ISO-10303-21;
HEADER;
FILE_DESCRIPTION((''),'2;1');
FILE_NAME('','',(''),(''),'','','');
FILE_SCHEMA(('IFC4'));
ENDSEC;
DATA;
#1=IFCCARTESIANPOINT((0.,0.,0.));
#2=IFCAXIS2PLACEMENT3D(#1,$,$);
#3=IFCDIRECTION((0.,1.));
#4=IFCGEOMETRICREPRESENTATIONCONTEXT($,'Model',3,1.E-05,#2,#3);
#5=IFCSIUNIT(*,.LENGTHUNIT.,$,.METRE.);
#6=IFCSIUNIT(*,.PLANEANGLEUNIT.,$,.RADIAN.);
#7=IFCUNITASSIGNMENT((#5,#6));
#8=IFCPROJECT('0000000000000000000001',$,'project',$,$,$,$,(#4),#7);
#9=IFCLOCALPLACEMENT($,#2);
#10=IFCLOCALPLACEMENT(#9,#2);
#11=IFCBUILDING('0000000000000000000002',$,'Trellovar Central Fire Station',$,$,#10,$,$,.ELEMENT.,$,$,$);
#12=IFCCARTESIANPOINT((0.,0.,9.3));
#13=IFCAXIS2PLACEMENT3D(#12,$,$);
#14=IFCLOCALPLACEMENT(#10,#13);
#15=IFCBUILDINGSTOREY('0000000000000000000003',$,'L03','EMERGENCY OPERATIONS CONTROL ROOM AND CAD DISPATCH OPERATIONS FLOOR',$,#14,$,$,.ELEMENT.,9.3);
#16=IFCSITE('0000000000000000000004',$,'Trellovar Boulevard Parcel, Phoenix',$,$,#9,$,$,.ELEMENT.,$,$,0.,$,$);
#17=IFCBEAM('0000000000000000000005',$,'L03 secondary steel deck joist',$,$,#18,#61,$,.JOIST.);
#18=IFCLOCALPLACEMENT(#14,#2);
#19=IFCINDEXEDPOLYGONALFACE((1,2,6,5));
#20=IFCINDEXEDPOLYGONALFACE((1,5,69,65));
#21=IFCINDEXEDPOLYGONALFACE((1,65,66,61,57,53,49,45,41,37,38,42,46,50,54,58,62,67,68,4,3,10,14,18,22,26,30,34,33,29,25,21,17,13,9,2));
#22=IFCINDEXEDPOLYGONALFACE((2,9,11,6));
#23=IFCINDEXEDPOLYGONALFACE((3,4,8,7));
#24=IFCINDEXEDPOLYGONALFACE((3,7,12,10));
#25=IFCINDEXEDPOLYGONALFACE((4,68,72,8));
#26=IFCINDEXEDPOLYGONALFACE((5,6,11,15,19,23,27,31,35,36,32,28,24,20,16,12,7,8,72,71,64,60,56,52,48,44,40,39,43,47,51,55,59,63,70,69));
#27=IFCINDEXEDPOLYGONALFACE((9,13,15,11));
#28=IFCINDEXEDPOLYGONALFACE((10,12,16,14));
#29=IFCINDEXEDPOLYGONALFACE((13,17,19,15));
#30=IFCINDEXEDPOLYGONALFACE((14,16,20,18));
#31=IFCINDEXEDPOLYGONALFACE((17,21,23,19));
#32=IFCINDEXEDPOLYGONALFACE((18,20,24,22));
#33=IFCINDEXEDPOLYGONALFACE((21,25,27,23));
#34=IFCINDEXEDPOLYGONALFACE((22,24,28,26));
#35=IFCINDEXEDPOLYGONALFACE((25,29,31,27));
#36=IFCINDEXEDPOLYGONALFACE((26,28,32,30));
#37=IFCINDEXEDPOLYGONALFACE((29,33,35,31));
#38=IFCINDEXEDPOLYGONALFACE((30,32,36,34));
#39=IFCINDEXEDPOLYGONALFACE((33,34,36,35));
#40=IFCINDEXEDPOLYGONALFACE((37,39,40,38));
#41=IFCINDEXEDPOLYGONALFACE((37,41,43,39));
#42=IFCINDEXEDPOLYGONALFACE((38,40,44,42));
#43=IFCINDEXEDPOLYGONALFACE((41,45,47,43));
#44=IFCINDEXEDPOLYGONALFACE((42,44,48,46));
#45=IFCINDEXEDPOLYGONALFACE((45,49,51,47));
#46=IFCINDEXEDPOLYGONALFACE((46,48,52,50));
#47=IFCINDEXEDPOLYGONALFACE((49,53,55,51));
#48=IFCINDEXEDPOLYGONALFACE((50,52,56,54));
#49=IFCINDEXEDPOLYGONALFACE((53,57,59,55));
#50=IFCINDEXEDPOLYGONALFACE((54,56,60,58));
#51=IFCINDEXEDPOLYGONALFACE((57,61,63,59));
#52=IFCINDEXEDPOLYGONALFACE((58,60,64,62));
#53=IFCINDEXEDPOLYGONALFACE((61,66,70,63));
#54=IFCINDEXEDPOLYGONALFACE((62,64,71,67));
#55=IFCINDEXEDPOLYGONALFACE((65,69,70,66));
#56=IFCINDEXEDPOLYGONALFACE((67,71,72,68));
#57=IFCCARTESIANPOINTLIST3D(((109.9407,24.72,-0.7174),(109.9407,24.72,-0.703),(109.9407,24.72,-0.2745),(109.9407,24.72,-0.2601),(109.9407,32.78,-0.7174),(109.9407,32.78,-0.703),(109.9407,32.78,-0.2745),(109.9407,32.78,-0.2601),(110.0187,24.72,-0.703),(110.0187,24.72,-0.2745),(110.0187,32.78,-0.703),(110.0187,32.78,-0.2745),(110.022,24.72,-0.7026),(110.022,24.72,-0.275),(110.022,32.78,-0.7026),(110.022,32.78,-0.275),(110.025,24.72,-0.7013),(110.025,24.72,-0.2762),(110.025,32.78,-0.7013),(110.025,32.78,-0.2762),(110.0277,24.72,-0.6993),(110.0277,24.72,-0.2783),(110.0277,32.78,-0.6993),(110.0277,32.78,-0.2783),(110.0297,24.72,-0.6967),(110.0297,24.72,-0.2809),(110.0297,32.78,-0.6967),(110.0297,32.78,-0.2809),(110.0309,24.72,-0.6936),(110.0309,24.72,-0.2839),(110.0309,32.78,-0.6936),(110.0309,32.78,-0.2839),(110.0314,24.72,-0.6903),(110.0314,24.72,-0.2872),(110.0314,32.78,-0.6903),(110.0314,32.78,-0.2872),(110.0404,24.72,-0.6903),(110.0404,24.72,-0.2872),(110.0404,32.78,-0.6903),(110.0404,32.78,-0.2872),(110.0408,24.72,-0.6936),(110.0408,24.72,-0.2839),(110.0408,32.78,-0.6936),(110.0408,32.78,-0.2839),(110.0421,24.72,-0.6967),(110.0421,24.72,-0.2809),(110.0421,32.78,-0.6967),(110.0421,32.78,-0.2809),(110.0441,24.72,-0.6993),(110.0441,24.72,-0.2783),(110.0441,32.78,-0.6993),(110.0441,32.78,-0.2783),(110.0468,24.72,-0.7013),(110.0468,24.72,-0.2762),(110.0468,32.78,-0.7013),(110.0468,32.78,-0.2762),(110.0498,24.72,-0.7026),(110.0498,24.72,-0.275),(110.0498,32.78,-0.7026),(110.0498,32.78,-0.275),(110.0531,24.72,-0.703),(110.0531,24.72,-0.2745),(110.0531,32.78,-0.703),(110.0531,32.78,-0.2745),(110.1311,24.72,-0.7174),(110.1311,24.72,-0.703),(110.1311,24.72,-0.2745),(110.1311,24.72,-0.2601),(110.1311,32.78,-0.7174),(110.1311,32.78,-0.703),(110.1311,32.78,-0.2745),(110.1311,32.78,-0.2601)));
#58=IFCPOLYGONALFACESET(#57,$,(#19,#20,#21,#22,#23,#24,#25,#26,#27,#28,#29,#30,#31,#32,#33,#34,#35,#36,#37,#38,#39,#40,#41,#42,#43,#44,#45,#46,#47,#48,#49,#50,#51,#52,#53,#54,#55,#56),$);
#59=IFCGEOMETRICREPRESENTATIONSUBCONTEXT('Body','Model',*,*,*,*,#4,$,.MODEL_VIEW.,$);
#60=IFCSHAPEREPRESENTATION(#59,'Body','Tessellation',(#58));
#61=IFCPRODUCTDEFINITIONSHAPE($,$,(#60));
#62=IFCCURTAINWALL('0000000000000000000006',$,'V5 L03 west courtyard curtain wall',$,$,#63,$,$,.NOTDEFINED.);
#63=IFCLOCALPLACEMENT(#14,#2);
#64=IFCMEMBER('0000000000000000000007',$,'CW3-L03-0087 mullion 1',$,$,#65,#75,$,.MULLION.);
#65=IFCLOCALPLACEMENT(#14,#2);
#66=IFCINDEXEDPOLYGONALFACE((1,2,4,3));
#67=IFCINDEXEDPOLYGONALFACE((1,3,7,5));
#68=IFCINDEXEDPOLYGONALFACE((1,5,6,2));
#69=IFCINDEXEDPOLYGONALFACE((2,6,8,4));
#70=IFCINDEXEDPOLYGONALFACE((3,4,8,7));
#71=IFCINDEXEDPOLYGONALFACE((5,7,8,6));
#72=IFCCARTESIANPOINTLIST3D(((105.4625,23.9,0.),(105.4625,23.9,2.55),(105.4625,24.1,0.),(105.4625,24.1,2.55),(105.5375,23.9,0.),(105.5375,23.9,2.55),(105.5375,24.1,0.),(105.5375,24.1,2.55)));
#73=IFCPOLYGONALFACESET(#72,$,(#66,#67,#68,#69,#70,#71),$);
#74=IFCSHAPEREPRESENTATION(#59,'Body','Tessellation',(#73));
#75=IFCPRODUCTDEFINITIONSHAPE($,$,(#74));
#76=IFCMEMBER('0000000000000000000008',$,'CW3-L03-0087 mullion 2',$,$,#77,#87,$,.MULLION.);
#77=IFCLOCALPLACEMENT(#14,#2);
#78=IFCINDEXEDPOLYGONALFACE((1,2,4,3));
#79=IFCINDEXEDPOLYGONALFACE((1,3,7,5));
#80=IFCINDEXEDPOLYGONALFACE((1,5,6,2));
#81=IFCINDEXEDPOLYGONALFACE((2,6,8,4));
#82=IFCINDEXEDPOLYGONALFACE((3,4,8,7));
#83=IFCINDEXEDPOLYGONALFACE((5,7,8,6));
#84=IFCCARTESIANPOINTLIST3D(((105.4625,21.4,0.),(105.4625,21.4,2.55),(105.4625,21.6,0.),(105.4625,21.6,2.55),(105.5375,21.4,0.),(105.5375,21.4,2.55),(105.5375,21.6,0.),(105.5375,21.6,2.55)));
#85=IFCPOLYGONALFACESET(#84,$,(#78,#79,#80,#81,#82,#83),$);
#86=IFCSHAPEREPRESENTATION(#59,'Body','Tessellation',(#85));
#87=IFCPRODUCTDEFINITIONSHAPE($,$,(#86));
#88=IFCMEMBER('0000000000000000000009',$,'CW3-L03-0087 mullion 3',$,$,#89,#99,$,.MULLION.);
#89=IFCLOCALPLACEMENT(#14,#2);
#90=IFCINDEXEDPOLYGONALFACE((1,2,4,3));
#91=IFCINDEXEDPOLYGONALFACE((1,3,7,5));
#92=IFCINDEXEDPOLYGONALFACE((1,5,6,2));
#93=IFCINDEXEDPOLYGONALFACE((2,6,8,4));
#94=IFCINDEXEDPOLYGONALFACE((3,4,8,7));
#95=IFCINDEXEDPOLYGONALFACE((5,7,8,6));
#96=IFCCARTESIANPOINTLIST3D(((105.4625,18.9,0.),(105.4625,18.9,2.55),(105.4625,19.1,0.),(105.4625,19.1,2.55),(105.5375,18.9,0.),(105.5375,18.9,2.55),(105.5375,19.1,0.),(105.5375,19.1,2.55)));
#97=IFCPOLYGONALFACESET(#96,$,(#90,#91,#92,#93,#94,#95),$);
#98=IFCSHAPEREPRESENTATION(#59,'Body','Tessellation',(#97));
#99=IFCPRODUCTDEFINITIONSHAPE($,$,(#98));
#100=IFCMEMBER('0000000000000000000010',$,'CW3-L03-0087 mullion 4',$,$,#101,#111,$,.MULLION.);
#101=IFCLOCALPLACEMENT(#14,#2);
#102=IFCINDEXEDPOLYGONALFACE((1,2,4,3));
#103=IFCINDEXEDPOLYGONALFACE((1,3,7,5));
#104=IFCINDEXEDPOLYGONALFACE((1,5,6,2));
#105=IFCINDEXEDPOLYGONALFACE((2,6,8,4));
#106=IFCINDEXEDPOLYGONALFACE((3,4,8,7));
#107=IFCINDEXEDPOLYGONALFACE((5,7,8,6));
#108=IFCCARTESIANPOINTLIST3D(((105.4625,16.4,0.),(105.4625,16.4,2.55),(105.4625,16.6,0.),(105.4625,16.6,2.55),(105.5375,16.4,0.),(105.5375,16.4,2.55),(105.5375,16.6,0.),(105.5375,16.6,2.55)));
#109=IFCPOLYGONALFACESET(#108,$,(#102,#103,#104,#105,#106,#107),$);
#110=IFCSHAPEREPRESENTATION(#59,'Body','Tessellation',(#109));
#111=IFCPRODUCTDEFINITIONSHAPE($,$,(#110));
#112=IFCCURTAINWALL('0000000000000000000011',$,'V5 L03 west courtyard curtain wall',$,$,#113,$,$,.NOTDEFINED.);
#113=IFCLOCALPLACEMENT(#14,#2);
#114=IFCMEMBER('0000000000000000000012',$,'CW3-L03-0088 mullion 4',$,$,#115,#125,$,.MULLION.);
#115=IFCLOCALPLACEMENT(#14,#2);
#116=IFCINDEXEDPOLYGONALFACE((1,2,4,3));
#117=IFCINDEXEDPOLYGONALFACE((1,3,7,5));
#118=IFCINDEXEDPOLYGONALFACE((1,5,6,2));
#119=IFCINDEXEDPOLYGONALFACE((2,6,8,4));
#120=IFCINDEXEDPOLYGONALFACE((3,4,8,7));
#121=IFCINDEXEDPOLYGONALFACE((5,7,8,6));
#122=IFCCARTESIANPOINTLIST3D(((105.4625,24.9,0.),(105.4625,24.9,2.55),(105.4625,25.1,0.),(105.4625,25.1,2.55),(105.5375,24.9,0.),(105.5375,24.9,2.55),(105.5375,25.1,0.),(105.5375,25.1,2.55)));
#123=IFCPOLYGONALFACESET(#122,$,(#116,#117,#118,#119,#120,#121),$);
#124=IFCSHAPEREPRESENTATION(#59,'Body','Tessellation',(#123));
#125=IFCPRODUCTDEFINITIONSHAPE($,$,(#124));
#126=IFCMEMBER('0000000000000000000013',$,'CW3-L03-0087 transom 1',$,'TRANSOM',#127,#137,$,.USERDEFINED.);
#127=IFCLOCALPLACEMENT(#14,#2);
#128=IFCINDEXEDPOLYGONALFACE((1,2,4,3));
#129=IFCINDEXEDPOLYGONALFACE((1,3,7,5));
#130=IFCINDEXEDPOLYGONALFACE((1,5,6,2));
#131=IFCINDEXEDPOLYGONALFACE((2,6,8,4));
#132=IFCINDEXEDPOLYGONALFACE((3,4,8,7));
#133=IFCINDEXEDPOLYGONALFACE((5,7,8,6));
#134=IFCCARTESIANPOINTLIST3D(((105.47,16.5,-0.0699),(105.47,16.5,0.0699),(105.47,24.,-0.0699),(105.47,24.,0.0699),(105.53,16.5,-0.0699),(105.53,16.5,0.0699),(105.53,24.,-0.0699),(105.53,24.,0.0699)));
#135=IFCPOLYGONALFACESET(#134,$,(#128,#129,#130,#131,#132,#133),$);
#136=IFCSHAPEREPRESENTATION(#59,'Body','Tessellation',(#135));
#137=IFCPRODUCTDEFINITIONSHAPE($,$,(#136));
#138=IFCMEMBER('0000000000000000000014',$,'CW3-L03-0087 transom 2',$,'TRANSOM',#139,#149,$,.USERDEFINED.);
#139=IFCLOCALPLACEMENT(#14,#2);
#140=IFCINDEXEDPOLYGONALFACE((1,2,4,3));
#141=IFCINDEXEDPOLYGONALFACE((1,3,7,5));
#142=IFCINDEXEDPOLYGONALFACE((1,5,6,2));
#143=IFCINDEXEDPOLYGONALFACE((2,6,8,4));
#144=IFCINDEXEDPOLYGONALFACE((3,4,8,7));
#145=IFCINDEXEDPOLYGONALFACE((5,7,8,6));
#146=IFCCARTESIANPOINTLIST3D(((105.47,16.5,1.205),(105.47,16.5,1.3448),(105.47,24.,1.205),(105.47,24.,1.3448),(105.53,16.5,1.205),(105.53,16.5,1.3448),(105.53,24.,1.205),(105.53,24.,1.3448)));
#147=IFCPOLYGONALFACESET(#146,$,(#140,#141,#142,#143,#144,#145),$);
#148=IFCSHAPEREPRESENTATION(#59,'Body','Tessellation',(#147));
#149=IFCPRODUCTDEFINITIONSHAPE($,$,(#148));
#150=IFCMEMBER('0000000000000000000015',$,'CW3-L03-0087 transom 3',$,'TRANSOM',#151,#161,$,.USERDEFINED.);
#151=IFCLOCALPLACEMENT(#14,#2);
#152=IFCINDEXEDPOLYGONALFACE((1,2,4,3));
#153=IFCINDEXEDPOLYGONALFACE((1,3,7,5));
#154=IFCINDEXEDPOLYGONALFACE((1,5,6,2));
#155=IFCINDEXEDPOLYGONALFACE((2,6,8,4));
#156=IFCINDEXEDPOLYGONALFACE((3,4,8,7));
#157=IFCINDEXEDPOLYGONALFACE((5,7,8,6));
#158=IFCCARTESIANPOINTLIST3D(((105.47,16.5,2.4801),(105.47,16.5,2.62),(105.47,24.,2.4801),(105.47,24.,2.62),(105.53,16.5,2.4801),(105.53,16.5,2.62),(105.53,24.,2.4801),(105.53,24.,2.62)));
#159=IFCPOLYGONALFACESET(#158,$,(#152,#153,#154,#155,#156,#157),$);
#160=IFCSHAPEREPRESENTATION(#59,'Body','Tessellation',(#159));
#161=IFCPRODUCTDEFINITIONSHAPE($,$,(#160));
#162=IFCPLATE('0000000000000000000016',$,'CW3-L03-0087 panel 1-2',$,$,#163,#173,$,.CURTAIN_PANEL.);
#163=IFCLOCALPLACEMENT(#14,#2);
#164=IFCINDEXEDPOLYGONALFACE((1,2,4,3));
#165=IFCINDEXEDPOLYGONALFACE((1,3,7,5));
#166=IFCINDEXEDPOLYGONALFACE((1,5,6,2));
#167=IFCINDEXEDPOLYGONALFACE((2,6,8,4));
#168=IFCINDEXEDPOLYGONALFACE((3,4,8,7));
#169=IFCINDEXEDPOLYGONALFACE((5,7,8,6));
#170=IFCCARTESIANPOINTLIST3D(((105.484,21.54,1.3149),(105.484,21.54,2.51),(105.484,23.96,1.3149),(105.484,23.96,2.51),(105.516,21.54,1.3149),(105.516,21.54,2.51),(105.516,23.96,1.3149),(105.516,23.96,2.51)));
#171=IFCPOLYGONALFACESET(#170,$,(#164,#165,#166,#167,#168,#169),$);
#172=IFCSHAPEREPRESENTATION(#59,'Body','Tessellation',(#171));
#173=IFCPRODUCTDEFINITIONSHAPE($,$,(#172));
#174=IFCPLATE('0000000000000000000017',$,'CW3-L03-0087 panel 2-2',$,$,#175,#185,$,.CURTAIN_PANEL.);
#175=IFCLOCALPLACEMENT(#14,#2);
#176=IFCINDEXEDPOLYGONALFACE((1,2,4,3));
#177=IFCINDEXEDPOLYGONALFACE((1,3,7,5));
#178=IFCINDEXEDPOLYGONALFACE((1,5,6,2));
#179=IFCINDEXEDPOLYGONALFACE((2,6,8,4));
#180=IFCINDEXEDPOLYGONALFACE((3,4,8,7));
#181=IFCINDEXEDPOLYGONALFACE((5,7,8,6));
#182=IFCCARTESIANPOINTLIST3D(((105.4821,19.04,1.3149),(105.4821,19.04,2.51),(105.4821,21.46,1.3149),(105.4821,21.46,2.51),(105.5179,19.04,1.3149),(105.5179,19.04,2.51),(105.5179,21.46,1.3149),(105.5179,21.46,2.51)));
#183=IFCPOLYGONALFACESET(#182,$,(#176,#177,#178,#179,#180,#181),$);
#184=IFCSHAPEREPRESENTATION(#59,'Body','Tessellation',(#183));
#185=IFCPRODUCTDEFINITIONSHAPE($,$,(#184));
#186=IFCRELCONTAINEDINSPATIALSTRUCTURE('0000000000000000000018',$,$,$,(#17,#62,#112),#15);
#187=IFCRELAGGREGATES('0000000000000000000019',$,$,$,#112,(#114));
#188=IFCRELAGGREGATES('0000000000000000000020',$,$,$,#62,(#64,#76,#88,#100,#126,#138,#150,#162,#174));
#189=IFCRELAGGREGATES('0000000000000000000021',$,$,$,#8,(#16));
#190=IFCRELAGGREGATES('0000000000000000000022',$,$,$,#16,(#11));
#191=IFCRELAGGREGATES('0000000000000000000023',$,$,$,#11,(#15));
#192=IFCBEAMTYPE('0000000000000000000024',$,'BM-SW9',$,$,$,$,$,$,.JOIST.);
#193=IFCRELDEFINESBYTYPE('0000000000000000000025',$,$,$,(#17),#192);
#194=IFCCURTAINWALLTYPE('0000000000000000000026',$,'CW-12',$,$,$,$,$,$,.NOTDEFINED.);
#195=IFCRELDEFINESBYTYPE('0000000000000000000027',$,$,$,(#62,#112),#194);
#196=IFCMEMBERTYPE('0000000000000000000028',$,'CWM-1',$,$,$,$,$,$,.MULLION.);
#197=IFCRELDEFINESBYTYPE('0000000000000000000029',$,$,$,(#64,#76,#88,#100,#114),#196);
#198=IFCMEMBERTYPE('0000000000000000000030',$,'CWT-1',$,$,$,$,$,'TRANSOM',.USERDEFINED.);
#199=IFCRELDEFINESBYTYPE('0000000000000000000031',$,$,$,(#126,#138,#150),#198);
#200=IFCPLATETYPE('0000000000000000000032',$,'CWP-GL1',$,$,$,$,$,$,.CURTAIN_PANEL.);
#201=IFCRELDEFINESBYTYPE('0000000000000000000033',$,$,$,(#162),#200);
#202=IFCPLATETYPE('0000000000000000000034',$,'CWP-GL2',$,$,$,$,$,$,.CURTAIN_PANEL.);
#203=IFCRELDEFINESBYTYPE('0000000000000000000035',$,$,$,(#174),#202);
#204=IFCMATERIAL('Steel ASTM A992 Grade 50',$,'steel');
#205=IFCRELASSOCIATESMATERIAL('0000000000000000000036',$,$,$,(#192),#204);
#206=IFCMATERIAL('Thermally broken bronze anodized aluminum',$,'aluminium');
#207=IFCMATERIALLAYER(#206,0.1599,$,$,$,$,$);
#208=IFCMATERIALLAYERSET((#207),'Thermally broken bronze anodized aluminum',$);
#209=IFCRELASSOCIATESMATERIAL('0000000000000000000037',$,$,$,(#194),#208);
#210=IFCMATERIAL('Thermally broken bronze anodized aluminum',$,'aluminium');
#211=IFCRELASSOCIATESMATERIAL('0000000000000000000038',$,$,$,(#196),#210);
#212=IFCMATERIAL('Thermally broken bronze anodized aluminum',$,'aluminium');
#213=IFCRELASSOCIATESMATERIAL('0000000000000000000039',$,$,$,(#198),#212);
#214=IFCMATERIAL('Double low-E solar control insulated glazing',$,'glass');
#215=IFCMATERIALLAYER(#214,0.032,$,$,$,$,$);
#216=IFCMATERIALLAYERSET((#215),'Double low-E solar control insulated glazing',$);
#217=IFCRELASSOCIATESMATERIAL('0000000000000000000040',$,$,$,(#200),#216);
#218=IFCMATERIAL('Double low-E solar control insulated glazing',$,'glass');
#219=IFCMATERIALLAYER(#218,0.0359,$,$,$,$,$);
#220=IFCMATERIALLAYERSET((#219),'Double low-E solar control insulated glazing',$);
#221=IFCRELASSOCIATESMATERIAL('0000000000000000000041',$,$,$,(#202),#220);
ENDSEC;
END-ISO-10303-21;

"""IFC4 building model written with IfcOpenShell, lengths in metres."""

from ifc_helpers import new_model, si_unit, direction, frame, origin, origin_2d, place, context, subcontext, project, spatial, rectangle, i_section, extrude, material, layer, layer_set, material_profile, profile_set, type_object, element, aggregate, save


model = new_model("IFC4")

# Units and contexts
model_context = context("Model", 3, precision=1e-05, world=origin(), true_north=direction((0.0, 1.0)))
body_context = subcontext(model_context, "Body", "Model", "MODEL_VIEW")
ifc_project = project(units=[si_unit("LENGTHUNIT", "METRE"), si_unit("PLANEANGLEUNIT", "RADIAN")], contexts=[model_context])

# Site, building, storey
site_placement = place(None, origin())
site = spatial("IfcSite", under=ifc_project, at=site_placement, Name="Trellovar Boulevard Parcel, Phoenix", CompositionType="ELEMENT", RefElevation=0.0)
building_placement = place(site_placement, origin())
building = spatial("IfcBuilding", under=site, at=building_placement, Name="Trellovar Central Fire Station", CompositionType="ELEMENT")
storey_placement = place(building_placement, frame((0.0, 0.0, 9.3)))
storey = spatial("IfcBuildingStorey", under=building, at=storey_placement, Name="L03", Description="EMERGENCY OPERATIONS CONTROL ROOM AND CAD DISPATCH OPERATIONS FLOOR", CompositionType="ELEMENT", Elevation=9.3)

# Beam
ifc_material_1 = material(Name="Steel ASTM A992 Grade 50", Category="steel")
ifc_material_profile_1 = material_profile(ifc_material_1, i_section(OverallWidth=0.1904, OverallDepth=0.4573, WebThickness=0.009, FlangeThickness=0.0144, FilletRadius=0.0127, at=origin_2d()), Name="W18X50")
ifc_profile_set_1 = profile_set([ifc_material_profile_1], Name="Steel ASTM A992 Grade 50")
beam_type_1 = type_object("IfcBeamType", Name="BM-SW9", PredefinedType="JOIST", material=ifc_profile_set_1)
for number, where, z_axis, x_axis, name in (
    (1, (110.0359, 24.72, -0.4888), (0.0, 1.0, 0.0), (-1.0, 0.0, 0.0), "L03 secondary steel deck joist"),
):
    element("IfcBeam", number, at=place(storey_placement, frame(where, z_axis=z_axis, x_axis=x_axis)), inside=storey, type_object=beam_type_1, Name=name, PredefinedType="JOIST", context=body_context, shape_type="SweptSolid", body=[
        extrude(i_section(OverallWidth=0.1904, OverallDepth=0.4573, WebThickness=0.009, FlangeThickness=0.0144, FilletRadius=0.0127, at=origin_2d()), origin(), (0.0, 0.0, 1.0), 8.0601),
    ])

# Curtain wall, members
ifc_material_2 = material(Name="Thermally broken bronze anodized aluminum", Category="aluminium")
ifc_layer_1 = layer(ifc_material_2, 0.1599)
ifc_layer_set_1 = layer_set([ifc_layer_1], Name="Thermally broken bronze anodized aluminum")
curtain_wall_type = type_object("IfcCurtainWallType", Name="CW-12", PredefinedType="NOTDEFINED", material=ifc_layer_set_1)
curtain_wall_1_placement = place(storey_placement, origin())
curtain_wall_1 = element("IfcCurtainWall", 2, at=curtain_wall_1_placement, inside=storey, type_object=curtain_wall_type, Name="V5 L03 west courtyard curtain wall", PredefinedType="NOTDEFINED")
ifc_material_3 = material(Name="Thermally broken bronze anodized aluminum", Category="aluminium")
ifc_material_profile_2 = material_profile(ifc_material_3, rectangle(XDim=0.075, YDim=0.2, at=origin_2d()), Name="ALU75X200")
ifc_profile_set_2 = profile_set([ifc_material_profile_2], Name="Thermally broken bronze anodized aluminum")
member_type_1 = type_object("IfcMemberType", Name="CWM-1", PredefinedType="MULLION", material=ifc_profile_set_2)
member_1_placement = place(storey_placement, frame((105.5, 24.0, 0.0), z_axis=(0.0, 0.0, 1.0), x_axis=(1.0, 0.0, 0.0)))
member_1 = element("IfcMember", 3, at=member_1_placement, type_object=member_type_1, Name="CW3-L03-0087 mullion 1", PredefinedType="MULLION", context=body_context, shape_type="SweptSolid", body=[
    extrude(rectangle(XDim=0.075, YDim=0.2, at=origin_2d()), origin(), (0.0, 0.0, 1.0), 2.55),
])
member_2_placement = place(storey_placement, frame((105.5, 21.5, 0.0), z_axis=(0.0, 0.0, 1.0), x_axis=(1.0, 0.0, 0.0)))
member_2 = element("IfcMember", 4, at=member_2_placement, type_object=member_type_1, Name="CW3-L03-0087 mullion 2", PredefinedType="MULLION", context=body_context, shape_type="SweptSolid", body=[
    extrude(rectangle(XDim=0.075, YDim=0.2, at=origin_2d()), origin(), (0.0, 0.0, 1.0), 2.55),
])
member_3_placement = place(storey_placement, frame((105.5, 19.0, 0.0), z_axis=(0.0, 0.0, 1.0), x_axis=(1.0, 0.0, 0.0)))
member_3 = element("IfcMember", 5, at=member_3_placement, type_object=member_type_1, Name="CW3-L03-0087 mullion 3", PredefinedType="MULLION", context=body_context, shape_type="SweptSolid", body=[
    extrude(rectangle(XDim=0.075, YDim=0.2, at=origin_2d()), origin(), (0.0, 0.0, 1.0), 2.55),
])
member_4_placement = place(storey_placement, frame((105.5, 16.5, 0.0), z_axis=(0.0, 0.0, 1.0), x_axis=(1.0, 0.0, 0.0)))
member_4 = element("IfcMember", 6, at=member_4_placement, type_object=member_type_1, Name="CW3-L03-0087 mullion 4", PredefinedType="MULLION", context=body_context, shape_type="SweptSolid", body=[
    extrude(rectangle(XDim=0.075, YDim=0.2, at=origin_2d()), origin(), (0.0, 0.0, 1.0), 2.55),
])

# Curtain wall, member
curtain_wall_2_placement = place(storey_placement, origin())
curtain_wall_2 = element("IfcCurtainWall", 7, at=curtain_wall_2_placement, inside=storey, type_object=curtain_wall_type, Name="V5 L03 west courtyard curtain wall", PredefinedType="NOTDEFINED")
member_5_placement = place(storey_placement, frame((105.5, 25.0, 0.0), z_axis=(0.0, 0.0, 1.0), x_axis=(1.0, 0.0, 0.0)))
member_5 = element("IfcMember", 8, at=member_5_placement, type_object=member_type_1, Name="CW3-L03-0088 mullion 4", PredefinedType="MULLION", context=body_context, shape_type="SweptSolid", body=[
    extrude(rectangle(XDim=0.075, YDim=0.2, at=origin_2d()), origin(), (0.0, 0.0, 1.0), 2.55),
])
aggregate(curtain_wall_2, [member_5])

# Members
ifc_material_4 = material(Name="Thermally broken bronze anodized aluminum", Category="aluminium")
ifc_material_profile_3 = material_profile(ifc_material_4, rectangle(XDim=0.0601, YDim=0.1399, at=origin_2d()), Name="ALU60X140")
ifc_profile_set_3 = profile_set([ifc_material_profile_3], Name="Thermally broken bronze anodized aluminum")
member_type_2 = type_object("IfcMemberType", Name="CWT-1", ElementType="TRANSOM", PredefinedType="USERDEFINED", material=ifc_profile_set_3)
member_6_placement = place(storey_placement, frame((105.5, 24.0, 0.0), z_axis=(0.0, -1.0, 0.0), x_axis=(1.0, 0.0, 0.0)))
member_6 = element("IfcMember", 9, at=member_6_placement, type_object=member_type_2, Name="CW3-L03-0087 transom 1", ObjectType="TRANSOM", PredefinedType="USERDEFINED", context=body_context, shape_type="SweptSolid", body=[
    extrude(rectangle(XDim=0.0601, YDim=0.1399, at=origin_2d()), origin(), (0.0, 0.0, 1.0), 7.5),
])
member_7_placement = place(storey_placement, frame((105.5, 24.0, 1.2749), z_axis=(0.0, -1.0, 0.0), x_axis=(1.0, 0.0, 0.0)))
member_7 = element("IfcMember", 10, at=member_7_placement, type_object=member_type_2, Name="CW3-L03-0087 transom 2", ObjectType="TRANSOM", PredefinedType="USERDEFINED", context=body_context, shape_type="SweptSolid", body=[
    extrude(rectangle(XDim=0.0601, YDim=0.1399, at=origin_2d()), origin(), (0.0, 0.0, 1.0), 7.5),
])
member_8_placement = place(storey_placement, frame((105.5, 24.0, 2.55), z_axis=(0.0, -1.0, 0.0), x_axis=(1.0, 0.0, 0.0)))
member_8 = element("IfcMember", 11, at=member_8_placement, type_object=member_type_2, Name="CW3-L03-0087 transom 3", ObjectType="TRANSOM", PredefinedType="USERDEFINED", context=body_context, shape_type="SweptSolid", body=[
    extrude(rectangle(XDim=0.0601, YDim=0.1399, at=origin_2d()), origin(), (0.0, 0.0, 1.0), 7.5),
])

# Plates
ifc_material_5 = material(Name="Double low-E solar control insulated glazing", Category="glass")
ifc_layer_2 = layer(ifc_material_5, 0.032)
ifc_layer_set_2 = layer_set([ifc_layer_2], Name="Double low-E solar control insulated glazing")
plate_type_1 = type_object("IfcPlateType", Name="CWP-GL1", PredefinedType="CURTAIN_PANEL", material=ifc_layer_set_2)
plate_1_placement = place(storey_placement, frame((105.5, 22.75, 1.3149), z_axis=(0.0, 0.0, 1.0), x_axis=(0.0, -1.0, 0.0)))
plate_1 = element("IfcPlate", 12, at=plate_1_placement, type_object=plate_type_1, Name="CW3-L03-0087 panel 1-2", PredefinedType="CURTAIN_PANEL", context=body_context, shape_type="SweptSolid", body=[
    extrude(rectangle(XDim=2.4199, YDim=0.032, at=origin_2d()), origin(), (0.0, 0.0, 1.0), 1.1951),
])
ifc_material_6 = material(Name="Double low-E solar control insulated glazing", Category="glass")
ifc_layer_3 = layer(ifc_material_6, 0.0359)
ifc_layer_set_3 = layer_set([ifc_layer_3], Name="Double low-E solar control insulated glazing")
plate_type_2 = type_object("IfcPlateType", Name="CWP-GL2", PredefinedType="CURTAIN_PANEL", material=ifc_layer_set_3)
plate_2_placement = place(storey_placement, frame((105.5, 20.25, 1.3149), z_axis=(0.0, 0.0, 1.0), x_axis=(0.0, -1.0, 0.0)))
plate_2 = element("IfcPlate", 13, at=plate_2_placement, type_object=plate_type_2, Name="CW3-L03-0087 panel 2-2", PredefinedType="CURTAIN_PANEL", context=body_context, shape_type="SweptSolid", body=[
    extrude(rectangle(XDim=2.4199, YDim=0.0359, at=origin_2d()), origin(), (0.0, 0.0, 1.0), 1.1951),
])
aggregate(curtain_wall_1, [member_1, member_2, member_3, member_4, member_6, member_7, member_8, plate_1, plate_2])

save(model, "model.ifc")
